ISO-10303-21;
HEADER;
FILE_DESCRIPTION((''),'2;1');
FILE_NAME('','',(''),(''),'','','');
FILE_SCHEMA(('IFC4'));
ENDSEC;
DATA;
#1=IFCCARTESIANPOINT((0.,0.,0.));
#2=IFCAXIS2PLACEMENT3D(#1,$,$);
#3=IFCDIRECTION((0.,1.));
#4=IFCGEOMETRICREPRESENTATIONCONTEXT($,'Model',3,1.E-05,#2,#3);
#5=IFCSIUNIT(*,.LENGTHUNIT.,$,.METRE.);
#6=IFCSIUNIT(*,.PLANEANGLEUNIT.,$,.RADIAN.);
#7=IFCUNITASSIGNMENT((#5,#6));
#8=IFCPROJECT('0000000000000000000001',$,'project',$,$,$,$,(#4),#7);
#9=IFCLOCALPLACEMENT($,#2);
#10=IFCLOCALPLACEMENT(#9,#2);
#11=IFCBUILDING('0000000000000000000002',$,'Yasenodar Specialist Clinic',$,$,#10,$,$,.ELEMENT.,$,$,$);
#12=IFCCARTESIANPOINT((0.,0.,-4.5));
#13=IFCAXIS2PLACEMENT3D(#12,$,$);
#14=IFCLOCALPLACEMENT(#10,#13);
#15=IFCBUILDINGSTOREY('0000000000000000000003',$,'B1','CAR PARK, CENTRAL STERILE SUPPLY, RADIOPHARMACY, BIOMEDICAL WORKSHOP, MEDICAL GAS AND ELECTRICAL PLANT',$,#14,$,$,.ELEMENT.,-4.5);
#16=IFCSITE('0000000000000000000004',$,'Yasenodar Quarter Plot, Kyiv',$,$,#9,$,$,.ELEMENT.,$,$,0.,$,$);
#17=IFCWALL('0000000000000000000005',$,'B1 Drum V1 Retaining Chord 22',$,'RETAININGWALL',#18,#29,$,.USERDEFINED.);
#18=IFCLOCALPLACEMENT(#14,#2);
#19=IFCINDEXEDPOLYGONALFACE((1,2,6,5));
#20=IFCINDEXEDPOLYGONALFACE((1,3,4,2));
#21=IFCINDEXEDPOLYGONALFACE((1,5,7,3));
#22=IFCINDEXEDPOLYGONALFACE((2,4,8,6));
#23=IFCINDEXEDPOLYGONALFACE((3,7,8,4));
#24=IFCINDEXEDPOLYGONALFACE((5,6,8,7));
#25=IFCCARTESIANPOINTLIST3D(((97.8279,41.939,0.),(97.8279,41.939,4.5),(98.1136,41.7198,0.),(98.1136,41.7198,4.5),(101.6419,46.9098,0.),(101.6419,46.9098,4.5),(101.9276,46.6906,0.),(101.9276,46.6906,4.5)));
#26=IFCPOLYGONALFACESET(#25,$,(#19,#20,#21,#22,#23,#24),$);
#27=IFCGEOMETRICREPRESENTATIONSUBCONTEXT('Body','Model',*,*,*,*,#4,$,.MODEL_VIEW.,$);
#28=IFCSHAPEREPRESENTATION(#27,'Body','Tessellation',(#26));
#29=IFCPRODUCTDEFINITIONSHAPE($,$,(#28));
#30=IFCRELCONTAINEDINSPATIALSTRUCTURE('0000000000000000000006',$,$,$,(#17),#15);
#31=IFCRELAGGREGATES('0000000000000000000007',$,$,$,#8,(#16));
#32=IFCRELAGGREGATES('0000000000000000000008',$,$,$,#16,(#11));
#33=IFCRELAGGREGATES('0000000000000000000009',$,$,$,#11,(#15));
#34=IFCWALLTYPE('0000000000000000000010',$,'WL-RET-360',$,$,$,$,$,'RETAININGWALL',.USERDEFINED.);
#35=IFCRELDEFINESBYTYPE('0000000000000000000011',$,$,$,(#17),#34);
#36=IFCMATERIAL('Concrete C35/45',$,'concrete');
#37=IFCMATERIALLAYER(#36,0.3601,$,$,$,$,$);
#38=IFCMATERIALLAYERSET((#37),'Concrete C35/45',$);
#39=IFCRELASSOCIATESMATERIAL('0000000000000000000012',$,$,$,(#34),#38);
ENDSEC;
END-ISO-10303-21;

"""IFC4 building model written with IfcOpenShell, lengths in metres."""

from ifc_helpers import new_model, si_unit, direction, frame, frame_2d, origin, place, context, subcontext, project, spatial, rectangle, extrude, material, layer, layer_set, type_object, element, save


model = new_model("IFC4")

# Units and contexts
model_context = context("Model", 3, precision=1e-05, world=origin(), true_north=direction((0.0, 1.0)))
body_context = subcontext(model_context, "Body", "Model", "MODEL_VIEW")
ifc_project = project(units=[si_unit("LENGTHUNIT", "METRE"), si_unit("PLANEANGLEUNIT", "RADIAN")], contexts=[model_context])

# Site, building, storey
site_placement = place(None, origin())
site = spatial("IfcSite", under=ifc_project, at=site_placement, Name="Yasenodar Quarter Plot, Kyiv", CompositionType="ELEMENT", RefElevation=0.0)
building_placement = place(site_placement, origin())
building = spatial("IfcBuilding", under=site, at=building_placement, Name="Yasenodar Specialist Clinic", CompositionType="ELEMENT")
storey_placement = place(building_placement, frame((0.0, 0.0, -4.5)))
storey = spatial("IfcBuildingStorey", under=building, at=storey_placement, Name="B1", Description="CAR PARK, CENTRAL STERILE SUPPLY, RADIOPHARMACY, BIOMEDICAL WORKSHOP, MEDICAL GAS AND ELECTRICAL PLANT", CompositionType="ELEMENT", Elevation=-4.5)

# Shared definitions
ifc_material_1 = material(Name="Concrete C35/45", Category="concrete")

# Wall
ifc_layer_1 = layer(ifc_material_1, 0.3601)
ifc_layer_set_1 = layer_set([ifc_layer_1], Name="Concrete C35/45")
wall_type_1 = type_object("IfcWallType", Name="WL-RET-360", ElementType="RETAININGWALL", PredefinedType="USERDEFINED", material=ifc_layer_set_1)
for number, where, z_axis, x_axis, name in (
    (1, (97.9707, 41.8293, 0.0), (0.0, 0.0, 1.0), (0.608742, 0.793368, 0.0), "B1 Drum V1 Retaining Chord 22"),
):
    element("IfcWall", number, at=place(storey_placement, frame(where, z_axis=z_axis, x_axis=x_axis)), inside=storey, type_object=wall_type_1, Name=name, ObjectType="RETAININGWALL", PredefinedType="USERDEFINED", context=body_context, shape_type="SweptSolid", body=[
        extrude(rectangle(XDim=6.2654, YDim=0.3601, at=frame_2d((3.1328, 0.0))), origin(), (0.0, 0.0, 1.0), 4.5),
    ])

save(model, "model.ifc")
